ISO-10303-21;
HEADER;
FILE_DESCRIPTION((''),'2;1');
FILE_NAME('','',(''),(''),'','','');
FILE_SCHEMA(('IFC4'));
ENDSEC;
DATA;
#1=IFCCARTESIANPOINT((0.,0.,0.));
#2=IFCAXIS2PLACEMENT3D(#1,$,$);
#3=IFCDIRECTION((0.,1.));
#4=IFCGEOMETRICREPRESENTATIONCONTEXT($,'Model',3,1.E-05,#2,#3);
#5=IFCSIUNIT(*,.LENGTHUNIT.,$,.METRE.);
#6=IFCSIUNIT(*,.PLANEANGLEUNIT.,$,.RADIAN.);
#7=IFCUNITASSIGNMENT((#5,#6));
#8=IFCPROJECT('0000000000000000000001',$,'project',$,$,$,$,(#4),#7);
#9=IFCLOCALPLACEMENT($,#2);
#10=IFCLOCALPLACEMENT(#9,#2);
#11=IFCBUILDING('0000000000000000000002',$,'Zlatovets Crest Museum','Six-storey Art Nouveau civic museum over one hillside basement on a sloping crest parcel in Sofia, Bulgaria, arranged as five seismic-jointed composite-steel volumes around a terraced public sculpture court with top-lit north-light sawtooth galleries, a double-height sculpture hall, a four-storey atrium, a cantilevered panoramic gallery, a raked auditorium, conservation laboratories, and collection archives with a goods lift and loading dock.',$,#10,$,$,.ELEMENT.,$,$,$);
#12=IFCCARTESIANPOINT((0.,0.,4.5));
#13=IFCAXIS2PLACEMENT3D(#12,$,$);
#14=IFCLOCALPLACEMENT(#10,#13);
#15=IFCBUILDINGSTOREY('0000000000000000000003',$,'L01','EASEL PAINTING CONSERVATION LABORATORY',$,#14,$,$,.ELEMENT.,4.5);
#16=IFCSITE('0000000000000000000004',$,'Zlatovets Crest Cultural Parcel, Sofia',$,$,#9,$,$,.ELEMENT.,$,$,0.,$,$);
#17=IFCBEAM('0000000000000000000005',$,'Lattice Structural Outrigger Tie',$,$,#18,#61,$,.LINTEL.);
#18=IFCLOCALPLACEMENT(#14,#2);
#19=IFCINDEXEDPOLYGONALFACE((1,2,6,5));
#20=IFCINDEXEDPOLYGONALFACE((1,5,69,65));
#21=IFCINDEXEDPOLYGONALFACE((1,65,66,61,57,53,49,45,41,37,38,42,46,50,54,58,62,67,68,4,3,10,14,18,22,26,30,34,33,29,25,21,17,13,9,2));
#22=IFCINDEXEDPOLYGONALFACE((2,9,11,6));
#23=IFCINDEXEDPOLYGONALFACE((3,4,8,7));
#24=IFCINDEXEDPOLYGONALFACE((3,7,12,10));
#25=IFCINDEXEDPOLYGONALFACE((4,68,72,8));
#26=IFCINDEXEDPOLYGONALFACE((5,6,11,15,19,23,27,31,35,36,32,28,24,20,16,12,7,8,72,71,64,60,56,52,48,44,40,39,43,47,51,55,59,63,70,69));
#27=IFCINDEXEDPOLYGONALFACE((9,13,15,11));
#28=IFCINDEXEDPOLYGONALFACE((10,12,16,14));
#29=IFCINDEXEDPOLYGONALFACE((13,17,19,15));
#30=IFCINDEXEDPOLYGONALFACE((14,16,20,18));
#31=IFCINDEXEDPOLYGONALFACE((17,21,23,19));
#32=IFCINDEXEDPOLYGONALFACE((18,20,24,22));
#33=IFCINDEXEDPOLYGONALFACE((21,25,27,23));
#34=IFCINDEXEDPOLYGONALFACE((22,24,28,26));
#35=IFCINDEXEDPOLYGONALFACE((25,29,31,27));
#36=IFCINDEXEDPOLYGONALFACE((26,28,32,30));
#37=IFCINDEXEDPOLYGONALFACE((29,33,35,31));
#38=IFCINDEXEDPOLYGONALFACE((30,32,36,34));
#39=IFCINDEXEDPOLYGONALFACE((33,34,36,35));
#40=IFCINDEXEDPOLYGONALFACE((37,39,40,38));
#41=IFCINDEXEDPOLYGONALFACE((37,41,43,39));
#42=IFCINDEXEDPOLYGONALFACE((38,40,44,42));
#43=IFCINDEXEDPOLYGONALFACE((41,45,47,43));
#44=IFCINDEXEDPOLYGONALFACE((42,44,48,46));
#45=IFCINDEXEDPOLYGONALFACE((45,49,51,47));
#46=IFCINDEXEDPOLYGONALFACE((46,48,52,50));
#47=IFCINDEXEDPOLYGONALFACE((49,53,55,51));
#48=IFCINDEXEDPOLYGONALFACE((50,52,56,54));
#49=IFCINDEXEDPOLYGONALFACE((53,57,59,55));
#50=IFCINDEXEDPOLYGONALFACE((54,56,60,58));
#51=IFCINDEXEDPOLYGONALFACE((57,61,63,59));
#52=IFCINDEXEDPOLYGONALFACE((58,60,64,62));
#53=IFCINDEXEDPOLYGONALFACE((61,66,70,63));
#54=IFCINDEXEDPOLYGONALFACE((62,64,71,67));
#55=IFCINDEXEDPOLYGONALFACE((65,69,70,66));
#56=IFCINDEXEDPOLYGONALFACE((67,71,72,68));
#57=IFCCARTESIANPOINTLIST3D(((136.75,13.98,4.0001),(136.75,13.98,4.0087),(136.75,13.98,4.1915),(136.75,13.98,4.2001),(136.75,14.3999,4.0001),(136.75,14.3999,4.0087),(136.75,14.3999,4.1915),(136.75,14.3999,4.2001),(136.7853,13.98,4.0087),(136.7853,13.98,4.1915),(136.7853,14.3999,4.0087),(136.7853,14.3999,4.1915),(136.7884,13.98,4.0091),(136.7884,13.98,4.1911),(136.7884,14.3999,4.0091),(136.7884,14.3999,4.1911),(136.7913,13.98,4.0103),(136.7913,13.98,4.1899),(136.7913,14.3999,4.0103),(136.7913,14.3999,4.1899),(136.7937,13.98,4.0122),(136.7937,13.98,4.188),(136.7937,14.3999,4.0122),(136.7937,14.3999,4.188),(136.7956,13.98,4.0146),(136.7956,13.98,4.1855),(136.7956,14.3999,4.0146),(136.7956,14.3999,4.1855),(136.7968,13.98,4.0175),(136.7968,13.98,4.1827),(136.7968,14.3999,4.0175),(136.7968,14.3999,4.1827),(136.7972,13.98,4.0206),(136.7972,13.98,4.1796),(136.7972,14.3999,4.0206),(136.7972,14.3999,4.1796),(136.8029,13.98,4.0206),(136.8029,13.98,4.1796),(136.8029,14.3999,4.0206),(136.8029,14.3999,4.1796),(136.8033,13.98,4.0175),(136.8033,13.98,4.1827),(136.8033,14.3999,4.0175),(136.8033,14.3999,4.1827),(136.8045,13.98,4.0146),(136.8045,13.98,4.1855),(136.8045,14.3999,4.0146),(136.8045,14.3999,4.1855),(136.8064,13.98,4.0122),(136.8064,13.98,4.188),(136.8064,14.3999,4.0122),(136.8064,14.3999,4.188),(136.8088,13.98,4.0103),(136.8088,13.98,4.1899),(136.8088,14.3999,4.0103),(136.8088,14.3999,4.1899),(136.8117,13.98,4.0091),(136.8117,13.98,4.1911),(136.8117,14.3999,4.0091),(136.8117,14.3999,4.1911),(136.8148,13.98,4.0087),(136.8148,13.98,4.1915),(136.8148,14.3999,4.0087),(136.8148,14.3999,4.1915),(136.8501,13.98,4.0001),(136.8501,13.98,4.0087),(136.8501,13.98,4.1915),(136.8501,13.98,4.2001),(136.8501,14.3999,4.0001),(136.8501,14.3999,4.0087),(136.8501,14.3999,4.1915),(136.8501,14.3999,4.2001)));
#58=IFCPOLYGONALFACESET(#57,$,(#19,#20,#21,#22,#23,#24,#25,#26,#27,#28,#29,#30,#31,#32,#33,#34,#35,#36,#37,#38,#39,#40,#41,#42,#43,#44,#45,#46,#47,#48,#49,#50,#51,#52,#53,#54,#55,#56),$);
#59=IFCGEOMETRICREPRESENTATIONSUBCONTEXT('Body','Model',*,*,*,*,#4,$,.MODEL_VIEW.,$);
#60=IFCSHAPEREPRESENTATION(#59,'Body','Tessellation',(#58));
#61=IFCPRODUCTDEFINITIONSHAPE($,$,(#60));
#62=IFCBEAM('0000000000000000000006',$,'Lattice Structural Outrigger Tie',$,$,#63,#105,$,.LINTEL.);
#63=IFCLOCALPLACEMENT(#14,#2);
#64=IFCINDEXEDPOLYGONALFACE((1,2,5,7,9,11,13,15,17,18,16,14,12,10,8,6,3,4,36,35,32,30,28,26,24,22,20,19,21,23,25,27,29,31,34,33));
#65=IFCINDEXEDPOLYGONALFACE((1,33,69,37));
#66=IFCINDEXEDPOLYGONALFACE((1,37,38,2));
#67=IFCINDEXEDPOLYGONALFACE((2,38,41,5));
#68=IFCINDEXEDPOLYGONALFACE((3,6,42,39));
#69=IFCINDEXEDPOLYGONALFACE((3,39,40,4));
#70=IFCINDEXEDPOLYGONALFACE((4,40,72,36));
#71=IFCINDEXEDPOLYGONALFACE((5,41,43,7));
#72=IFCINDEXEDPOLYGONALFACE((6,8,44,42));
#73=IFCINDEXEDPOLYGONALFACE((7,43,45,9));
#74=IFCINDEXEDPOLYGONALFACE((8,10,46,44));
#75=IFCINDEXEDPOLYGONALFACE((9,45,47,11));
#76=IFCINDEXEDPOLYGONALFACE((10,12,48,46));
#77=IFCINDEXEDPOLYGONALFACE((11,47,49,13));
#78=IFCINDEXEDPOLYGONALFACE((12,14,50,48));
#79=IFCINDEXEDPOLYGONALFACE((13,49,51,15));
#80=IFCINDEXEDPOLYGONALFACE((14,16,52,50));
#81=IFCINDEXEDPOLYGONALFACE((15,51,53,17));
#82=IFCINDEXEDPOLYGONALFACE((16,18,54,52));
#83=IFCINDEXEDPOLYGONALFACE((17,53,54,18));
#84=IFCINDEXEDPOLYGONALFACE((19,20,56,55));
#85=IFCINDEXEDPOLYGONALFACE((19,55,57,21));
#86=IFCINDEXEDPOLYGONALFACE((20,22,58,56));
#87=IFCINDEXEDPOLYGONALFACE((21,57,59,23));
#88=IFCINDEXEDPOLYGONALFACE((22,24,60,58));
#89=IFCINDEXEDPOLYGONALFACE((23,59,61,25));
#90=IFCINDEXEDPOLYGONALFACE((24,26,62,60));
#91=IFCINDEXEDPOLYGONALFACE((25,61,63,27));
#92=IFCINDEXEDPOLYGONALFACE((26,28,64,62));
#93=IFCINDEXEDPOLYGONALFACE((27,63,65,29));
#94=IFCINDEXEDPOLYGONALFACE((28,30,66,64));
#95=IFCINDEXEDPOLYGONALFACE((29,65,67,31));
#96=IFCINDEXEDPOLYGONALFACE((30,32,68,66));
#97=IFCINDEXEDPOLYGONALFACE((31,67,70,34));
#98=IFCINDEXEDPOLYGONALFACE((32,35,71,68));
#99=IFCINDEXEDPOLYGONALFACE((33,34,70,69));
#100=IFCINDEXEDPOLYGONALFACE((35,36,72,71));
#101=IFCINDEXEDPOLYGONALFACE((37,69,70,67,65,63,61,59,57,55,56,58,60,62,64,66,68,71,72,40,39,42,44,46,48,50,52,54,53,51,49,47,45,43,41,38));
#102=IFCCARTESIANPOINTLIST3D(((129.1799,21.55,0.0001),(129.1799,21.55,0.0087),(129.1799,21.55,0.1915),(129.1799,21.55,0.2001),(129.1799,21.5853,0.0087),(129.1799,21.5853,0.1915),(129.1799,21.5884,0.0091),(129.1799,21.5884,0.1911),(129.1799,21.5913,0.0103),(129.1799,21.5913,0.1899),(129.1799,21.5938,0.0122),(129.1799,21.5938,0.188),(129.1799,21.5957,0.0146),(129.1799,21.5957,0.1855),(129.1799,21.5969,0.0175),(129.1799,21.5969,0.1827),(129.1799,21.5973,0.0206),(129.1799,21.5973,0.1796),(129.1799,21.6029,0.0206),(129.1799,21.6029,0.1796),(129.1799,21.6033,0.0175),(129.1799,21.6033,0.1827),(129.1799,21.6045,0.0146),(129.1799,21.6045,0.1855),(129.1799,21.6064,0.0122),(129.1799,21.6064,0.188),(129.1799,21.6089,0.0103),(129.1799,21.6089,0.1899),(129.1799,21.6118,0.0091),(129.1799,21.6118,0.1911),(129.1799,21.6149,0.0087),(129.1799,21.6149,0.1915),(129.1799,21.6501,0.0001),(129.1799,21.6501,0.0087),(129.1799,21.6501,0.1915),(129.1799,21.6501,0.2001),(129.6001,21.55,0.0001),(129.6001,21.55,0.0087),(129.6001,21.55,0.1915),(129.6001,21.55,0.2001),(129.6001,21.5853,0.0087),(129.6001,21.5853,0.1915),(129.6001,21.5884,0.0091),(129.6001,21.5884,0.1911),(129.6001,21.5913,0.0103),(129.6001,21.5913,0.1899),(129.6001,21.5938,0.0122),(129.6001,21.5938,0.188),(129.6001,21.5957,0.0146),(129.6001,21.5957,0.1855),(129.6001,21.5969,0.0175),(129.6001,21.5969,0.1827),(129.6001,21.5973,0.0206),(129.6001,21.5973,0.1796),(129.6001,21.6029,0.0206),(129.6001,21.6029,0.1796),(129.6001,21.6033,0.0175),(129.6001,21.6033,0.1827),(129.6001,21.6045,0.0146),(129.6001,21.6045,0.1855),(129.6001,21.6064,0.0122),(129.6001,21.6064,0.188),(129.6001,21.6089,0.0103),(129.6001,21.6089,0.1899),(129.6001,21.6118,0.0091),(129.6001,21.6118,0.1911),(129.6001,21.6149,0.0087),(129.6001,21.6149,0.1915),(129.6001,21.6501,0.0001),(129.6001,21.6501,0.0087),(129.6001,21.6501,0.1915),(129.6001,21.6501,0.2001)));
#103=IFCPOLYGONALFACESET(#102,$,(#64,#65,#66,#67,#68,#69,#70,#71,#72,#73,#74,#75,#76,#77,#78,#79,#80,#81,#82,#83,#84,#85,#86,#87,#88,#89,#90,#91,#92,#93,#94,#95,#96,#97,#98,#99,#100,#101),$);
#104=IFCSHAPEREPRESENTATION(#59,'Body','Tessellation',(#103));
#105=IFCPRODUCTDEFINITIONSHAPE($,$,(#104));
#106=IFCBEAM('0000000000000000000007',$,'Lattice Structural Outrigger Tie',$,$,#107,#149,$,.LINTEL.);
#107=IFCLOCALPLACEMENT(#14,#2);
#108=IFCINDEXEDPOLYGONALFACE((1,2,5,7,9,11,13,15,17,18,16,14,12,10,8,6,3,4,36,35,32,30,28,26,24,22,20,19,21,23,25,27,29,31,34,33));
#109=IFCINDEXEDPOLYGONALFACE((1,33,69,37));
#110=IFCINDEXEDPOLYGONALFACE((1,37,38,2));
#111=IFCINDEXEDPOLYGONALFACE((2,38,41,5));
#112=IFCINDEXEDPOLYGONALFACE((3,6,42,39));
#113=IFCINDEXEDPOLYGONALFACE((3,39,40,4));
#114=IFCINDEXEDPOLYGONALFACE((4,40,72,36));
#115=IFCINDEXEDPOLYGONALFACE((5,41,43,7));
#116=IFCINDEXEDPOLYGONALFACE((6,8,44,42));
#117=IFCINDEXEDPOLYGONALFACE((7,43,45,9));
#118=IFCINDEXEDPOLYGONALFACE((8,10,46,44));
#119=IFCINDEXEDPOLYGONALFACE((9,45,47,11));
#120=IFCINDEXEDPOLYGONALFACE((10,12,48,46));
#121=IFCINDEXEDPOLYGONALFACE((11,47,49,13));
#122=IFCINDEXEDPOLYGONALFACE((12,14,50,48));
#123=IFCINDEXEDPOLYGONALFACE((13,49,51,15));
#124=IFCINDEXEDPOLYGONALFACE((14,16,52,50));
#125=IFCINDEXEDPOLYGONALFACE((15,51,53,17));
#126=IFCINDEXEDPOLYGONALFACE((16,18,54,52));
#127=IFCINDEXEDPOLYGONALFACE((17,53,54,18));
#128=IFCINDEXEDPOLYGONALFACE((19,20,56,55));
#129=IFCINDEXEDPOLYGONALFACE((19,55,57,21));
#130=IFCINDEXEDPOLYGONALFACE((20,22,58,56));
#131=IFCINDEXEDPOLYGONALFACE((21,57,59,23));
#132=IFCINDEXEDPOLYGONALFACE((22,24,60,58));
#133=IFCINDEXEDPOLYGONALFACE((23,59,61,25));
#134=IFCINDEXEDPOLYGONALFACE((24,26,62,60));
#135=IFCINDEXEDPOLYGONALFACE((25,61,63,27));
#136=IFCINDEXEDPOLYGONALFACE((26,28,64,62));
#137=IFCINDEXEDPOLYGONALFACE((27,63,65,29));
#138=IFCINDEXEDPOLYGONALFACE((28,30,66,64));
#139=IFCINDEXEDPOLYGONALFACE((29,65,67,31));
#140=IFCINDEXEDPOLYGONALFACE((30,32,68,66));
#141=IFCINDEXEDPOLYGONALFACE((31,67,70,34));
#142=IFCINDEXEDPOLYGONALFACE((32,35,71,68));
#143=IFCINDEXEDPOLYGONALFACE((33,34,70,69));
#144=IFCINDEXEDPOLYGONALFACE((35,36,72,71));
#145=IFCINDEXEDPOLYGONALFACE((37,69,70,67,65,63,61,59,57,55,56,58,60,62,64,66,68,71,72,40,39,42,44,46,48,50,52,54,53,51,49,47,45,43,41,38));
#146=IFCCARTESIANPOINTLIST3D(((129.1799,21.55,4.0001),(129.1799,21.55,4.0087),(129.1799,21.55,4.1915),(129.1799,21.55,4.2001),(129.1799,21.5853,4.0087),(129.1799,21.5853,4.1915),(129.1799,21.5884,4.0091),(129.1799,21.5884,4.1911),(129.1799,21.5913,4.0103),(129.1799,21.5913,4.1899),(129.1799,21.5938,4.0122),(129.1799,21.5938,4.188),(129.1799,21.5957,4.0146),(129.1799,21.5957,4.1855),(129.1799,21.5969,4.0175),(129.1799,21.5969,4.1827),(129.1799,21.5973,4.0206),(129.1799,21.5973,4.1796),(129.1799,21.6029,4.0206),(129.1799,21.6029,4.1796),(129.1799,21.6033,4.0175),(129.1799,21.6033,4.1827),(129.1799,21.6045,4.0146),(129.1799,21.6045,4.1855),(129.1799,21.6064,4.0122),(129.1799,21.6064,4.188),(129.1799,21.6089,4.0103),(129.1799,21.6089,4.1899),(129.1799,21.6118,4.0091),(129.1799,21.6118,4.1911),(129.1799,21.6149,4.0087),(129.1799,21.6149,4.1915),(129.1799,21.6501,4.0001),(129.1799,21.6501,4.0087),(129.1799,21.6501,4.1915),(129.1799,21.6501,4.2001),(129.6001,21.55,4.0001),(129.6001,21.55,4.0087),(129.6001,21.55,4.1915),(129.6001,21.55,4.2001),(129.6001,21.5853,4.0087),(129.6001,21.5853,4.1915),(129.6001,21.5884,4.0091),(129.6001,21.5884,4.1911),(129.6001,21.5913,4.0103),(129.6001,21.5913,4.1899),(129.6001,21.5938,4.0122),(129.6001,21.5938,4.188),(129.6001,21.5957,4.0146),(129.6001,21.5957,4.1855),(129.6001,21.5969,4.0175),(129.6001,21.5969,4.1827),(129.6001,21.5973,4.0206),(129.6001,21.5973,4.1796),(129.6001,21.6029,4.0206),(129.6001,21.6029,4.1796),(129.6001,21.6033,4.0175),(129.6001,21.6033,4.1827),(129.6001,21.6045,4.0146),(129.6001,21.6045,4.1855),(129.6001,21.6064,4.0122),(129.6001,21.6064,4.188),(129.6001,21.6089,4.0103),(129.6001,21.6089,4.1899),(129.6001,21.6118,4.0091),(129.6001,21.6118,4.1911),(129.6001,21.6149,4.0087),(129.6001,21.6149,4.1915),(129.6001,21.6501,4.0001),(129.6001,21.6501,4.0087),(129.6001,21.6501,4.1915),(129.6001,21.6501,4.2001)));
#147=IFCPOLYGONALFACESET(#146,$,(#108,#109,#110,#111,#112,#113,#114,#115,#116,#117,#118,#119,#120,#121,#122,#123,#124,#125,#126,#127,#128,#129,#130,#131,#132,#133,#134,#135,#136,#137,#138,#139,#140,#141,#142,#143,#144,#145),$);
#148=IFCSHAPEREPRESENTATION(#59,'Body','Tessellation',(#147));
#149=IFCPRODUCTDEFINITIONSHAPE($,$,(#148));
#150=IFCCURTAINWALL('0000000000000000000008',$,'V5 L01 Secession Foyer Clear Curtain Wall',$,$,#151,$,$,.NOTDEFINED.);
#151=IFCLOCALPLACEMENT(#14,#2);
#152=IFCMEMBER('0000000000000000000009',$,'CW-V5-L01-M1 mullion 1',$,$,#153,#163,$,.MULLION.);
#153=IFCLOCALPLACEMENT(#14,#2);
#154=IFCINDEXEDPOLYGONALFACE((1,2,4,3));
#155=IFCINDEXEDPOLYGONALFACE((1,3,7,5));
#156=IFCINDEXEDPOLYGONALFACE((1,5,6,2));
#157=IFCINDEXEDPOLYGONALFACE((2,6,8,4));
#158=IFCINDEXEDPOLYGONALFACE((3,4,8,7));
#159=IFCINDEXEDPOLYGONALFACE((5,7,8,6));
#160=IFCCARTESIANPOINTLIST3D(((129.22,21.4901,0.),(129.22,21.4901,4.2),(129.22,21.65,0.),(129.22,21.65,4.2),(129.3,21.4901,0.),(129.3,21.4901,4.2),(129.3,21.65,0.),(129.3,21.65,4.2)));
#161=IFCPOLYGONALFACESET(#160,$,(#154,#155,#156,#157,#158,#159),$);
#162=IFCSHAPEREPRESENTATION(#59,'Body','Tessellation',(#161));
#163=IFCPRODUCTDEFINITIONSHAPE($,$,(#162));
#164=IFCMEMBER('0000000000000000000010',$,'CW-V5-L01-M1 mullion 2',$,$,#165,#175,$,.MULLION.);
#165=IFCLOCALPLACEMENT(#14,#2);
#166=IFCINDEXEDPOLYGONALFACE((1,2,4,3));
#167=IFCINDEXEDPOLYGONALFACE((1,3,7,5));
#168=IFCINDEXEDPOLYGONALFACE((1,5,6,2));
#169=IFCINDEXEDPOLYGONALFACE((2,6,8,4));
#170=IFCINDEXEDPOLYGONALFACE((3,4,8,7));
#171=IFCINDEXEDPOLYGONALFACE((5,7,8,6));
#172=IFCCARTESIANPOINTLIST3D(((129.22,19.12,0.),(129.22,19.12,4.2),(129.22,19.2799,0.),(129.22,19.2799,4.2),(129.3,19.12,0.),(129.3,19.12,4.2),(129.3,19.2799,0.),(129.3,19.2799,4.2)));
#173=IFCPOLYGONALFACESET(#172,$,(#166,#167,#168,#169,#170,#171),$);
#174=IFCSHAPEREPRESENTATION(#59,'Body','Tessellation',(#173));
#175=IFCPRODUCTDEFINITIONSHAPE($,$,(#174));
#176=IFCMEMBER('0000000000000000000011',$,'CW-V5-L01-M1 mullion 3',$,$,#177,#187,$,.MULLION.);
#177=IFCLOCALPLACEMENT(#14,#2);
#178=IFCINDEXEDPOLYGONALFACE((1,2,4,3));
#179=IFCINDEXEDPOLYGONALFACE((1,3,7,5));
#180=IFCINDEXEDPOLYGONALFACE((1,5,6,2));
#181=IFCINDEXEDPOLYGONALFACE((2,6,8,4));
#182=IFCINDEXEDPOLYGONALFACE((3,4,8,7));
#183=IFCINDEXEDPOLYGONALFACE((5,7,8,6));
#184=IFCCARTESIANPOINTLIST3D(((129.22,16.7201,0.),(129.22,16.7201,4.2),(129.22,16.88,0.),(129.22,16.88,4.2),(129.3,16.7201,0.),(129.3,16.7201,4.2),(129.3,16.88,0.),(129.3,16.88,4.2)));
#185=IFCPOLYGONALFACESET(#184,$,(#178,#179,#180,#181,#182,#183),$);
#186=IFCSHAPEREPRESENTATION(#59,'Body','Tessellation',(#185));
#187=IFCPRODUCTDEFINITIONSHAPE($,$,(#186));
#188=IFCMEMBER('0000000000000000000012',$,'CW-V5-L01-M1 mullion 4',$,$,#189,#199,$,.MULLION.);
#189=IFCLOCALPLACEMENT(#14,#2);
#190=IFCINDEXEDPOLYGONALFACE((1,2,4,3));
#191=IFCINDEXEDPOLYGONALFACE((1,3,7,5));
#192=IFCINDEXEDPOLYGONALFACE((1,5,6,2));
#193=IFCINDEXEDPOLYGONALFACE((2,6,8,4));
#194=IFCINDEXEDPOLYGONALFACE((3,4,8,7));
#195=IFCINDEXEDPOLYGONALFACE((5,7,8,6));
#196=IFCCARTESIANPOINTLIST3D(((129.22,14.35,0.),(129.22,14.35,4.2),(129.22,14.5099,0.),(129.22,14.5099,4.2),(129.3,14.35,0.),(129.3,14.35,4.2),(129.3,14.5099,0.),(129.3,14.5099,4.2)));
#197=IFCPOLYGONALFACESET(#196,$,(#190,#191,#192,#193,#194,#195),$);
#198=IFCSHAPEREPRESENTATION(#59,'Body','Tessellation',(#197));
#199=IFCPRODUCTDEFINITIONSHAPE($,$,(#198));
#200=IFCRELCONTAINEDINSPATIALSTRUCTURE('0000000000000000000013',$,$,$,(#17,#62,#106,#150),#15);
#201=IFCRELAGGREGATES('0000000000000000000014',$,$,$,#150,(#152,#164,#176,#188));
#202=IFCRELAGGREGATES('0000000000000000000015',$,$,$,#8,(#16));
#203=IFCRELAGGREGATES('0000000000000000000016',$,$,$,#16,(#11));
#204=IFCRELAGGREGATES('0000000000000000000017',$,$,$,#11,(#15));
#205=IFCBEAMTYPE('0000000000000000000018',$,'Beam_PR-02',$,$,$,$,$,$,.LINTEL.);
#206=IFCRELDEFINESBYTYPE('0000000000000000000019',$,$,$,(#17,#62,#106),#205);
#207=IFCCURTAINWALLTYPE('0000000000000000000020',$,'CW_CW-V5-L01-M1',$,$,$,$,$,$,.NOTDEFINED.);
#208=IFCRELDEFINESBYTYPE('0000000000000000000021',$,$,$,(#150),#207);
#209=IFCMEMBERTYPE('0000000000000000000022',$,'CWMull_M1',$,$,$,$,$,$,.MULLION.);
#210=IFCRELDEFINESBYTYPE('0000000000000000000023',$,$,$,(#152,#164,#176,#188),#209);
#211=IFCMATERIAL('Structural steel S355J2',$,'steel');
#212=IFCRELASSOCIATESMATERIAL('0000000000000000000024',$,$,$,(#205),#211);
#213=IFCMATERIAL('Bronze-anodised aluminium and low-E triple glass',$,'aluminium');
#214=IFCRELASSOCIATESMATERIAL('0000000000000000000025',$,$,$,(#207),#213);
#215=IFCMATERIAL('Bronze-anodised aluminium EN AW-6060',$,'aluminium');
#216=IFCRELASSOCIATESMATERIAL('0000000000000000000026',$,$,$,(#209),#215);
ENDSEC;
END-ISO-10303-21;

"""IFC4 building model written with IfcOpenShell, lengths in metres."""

from ifc_helpers import new_model, si_unit, direction, frame, origin, origin_2d, place, context, subcontext, project, spatial, rectangle, i_section, extrude, material, material_profile, profile_set, type_object, element, aggregate, save


model = new_model("IFC4")

# Units and contexts
model_context = context("Model", 3, precision=1e-05, world=origin(), true_north=direction((0.0, 1.0)))
body_context = subcontext(model_context, "Body", "Model", "MODEL_VIEW")
ifc_project = project(units=[si_unit("LENGTHUNIT", "METRE"), si_unit("PLANEANGLEUNIT", "RADIAN")], contexts=[model_context])

# Site, building, storey
site_placement = place(None, origin())
site = spatial("IfcSite", under=ifc_project, at=site_placement, Name="Zlatovets Crest Cultural Parcel, Sofia", CompositionType="ELEMENT", RefElevation=0.0)
building_placement = place(site_placement, origin())
building = spatial("IfcBuilding", under=site, at=building_placement, Name="Zlatovets Crest Museum", Description="Six-storey Art Nouveau civic museum over one hillside basement on a sloping crest parcel in Sofia, Bulgaria, arranged as five seismic-jointed composite-steel volumes around a terraced public sculpture court with top-lit north-light sawtooth galleries, a double-height sculpture hall, a four-storey atrium, a cantilevered panoramic gallery, a raked auditorium, conservation laboratories, and collection archives with a goods lift and loading dock.", CompositionType="ELEMENT")
storey_placement = place(building_placement, frame((0.0, 0.0, 4.5)))
storey = spatial("IfcBuildingStorey", under=building, at=storey_placement, Name="L01", Description="EASEL PAINTING CONSERVATION LABORATORY", CompositionType="ELEMENT", Elevation=4.5)

# Shared definitions
ifc_material_1 = material(Name="Structural steel S355J2", Category="steel")

# Beams
ifc_material_profile_1 = material_profile(ifc_material_1, i_section(OverallWidth=0.1001, OverallDepth=0.2, WebThickness=0.0056, FlangeThickness=0.0085, FilletRadius=0.012, at=origin_2d()), Name="IPE 200")
ifc_profile_set_1 = profile_set([ifc_material_profile_1], Name="Structural steel S355J2")
beam_type_1 = type_object("IfcBeamType", Name="Beam_PR-02", PredefinedType="LINTEL", material=ifc_profile_set_1)
beam_placement = place(storey_placement, frame((136.8, 14.3999, 4.1001), z_axis=(0.0, -1.0, 0.0), x_axis=(1.0, 0.0, 0.0)))
element("IfcBeam", 1, at=beam_placement, inside=storey, type_object=beam_type_1, Name="Lattice Structural Outrigger Tie", PredefinedType="LINTEL", context=body_context, shape_type="SweptSolid", body=[
    extrude(i_section(OverallWidth=0.1001, OverallDepth=0.2, WebThickness=0.0056, FlangeThickness=0.0085, FilletRadius=0.012, at=origin_2d()), origin(), (0.0, 0.0, 1.0), 0.4199),
])
for number, where, z_axis, x_axis, name in (
    (2, (129.6001, 21.6001, 0.1001), (-1.0, 0.0, 0.0), (0.0, -1.0, 0.0), "Lattice Structural Outrigger Tie"),
    (3, (129.6001, 21.6001, 4.1001), (-1.0, 0.0, 0.0), (0.0, -1.0, 0.0), "Lattice Structural Outrigger Tie"),
):
    element("IfcBeam", number, at=place(storey_placement, frame(where, z_axis=z_axis, x_axis=x_axis)), inside=storey, type_object=beam_type_1, Name=name, PredefinedType="LINTEL", context=body_context, shape_type="SweptSolid", body=[
        extrude(i_section(OverallWidth=0.1001, OverallDepth=0.2, WebThickness=0.0056, FlangeThickness=0.0085, FilletRadius=0.012, at=origin_2d()), origin(), (0.0, 0.0, 1.0), 0.4202),
    ])

# Curtain wall, members
ifc_material_2 = material(Name="Bronze-anodised aluminium and low-E triple glass", Category="aluminium")
curtain_wall_type_1 = type_object("IfcCurtainWallType", Name="CW_CW-V5-L01-M1", PredefinedType="NOTDEFINED", material=ifc_material_2)
curtain_wall_1_placement = place(storey_placement, origin())
curtain_wall_1 = element("IfcCurtainWall", 4, at=curtain_wall_1_placement, inside=storey, type_object=curtain_wall_type_1, Name="V5 L01 Secession Foyer Clear Curtain Wall", PredefinedType="NOTDEFINED")
ifc_material_3 = material(Name="Bronze-anodised aluminium EN AW-6060", Category="aluminium")
ifc_material_profile_2 = material_profile(ifc_material_3, rectangle(XDim=0.0801, YDim=0.1599, at=origin_2d()), Name="ALU 80x160")
ifc_profile_set_2 = profile_set([ifc_material_profile_2], Name="Bronze-anodised aluminium EN AW-6060")
member_type_1 = type_object("IfcMemberType", Name="CWMull_M1", PredefinedType="MULLION", material=ifc_profile_set_2)
member_1_placement = place(storey_placement, frame((129.26, 21.5701, 0.0), z_axis=(0.0, 0.0, 1.0), x_axis=(1.0, 0.0, 0.0)))
member_1 = element("IfcMember", 5, at=member_1_placement, type_object=member_type_1, Name="CW-V5-L01-M1 mullion 1", PredefinedType="MULLION", context=body_context, shape_type="SweptSolid", body=[
    extrude(rectangle(XDim=0.0801, YDim=0.1599, at=origin_2d()), origin(), (0.0, 0.0, 1.0), 4.2),
])
member_2_placement = place(storey_placement, frame((129.26, 19.2, 0.0), z_axis=(0.0, 0.0, 1.0), x_axis=(1.0, 0.0, 0.0)))
member_2 = element("IfcMember", 6, at=member_2_placement, type_object=member_type_1, Name="CW-V5-L01-M1 mullion 2", PredefinedType="MULLION", context=body_context, shape_type="SweptSolid", body=[
    extrude(rectangle(XDim=0.0801, YDim=0.1599, at=origin_2d()), origin(), (0.0, 0.0, 1.0), 4.2),
])
member_3_placement = place(storey_placement, frame((129.26, 16.8, 0.0), z_axis=(0.0, 0.0, 1.0), x_axis=(1.0, 0.0, 0.0)))
member_3 = element("IfcMember", 7, at=member_3_placement, type_object=member_type_1, Name="CW-V5-L01-M1 mullion 3", PredefinedType="MULLION", context=body_context, shape_type="SweptSolid", body=[
    extrude(rectangle(XDim=0.0801, YDim=0.1599, at=origin_2d()), origin(), (0.0, 0.0, 1.0), 4.2),
])
member_4_placement = place(storey_placement, frame((129.26, 14.4299, 0.0), z_axis=(0.0, 0.0, 1.0), x_axis=(1.0, 0.0, 0.0)))
member_4 = element("IfcMember", 8, at=member_4_placement, type_object=member_type_1, Name="CW-V5-L01-M1 mullion 4", PredefinedType="MULLION", context=body_context, shape_type="SweptSolid", body=[
    extrude(rectangle(XDim=0.0801, YDim=0.1599, at=origin_2d()), origin(), (0.0, 0.0, 1.0), 4.2),
])

aggregate(curtain_wall_1, [member_1, member_2, member_3, member_4])

save(model, "model.ifc")
